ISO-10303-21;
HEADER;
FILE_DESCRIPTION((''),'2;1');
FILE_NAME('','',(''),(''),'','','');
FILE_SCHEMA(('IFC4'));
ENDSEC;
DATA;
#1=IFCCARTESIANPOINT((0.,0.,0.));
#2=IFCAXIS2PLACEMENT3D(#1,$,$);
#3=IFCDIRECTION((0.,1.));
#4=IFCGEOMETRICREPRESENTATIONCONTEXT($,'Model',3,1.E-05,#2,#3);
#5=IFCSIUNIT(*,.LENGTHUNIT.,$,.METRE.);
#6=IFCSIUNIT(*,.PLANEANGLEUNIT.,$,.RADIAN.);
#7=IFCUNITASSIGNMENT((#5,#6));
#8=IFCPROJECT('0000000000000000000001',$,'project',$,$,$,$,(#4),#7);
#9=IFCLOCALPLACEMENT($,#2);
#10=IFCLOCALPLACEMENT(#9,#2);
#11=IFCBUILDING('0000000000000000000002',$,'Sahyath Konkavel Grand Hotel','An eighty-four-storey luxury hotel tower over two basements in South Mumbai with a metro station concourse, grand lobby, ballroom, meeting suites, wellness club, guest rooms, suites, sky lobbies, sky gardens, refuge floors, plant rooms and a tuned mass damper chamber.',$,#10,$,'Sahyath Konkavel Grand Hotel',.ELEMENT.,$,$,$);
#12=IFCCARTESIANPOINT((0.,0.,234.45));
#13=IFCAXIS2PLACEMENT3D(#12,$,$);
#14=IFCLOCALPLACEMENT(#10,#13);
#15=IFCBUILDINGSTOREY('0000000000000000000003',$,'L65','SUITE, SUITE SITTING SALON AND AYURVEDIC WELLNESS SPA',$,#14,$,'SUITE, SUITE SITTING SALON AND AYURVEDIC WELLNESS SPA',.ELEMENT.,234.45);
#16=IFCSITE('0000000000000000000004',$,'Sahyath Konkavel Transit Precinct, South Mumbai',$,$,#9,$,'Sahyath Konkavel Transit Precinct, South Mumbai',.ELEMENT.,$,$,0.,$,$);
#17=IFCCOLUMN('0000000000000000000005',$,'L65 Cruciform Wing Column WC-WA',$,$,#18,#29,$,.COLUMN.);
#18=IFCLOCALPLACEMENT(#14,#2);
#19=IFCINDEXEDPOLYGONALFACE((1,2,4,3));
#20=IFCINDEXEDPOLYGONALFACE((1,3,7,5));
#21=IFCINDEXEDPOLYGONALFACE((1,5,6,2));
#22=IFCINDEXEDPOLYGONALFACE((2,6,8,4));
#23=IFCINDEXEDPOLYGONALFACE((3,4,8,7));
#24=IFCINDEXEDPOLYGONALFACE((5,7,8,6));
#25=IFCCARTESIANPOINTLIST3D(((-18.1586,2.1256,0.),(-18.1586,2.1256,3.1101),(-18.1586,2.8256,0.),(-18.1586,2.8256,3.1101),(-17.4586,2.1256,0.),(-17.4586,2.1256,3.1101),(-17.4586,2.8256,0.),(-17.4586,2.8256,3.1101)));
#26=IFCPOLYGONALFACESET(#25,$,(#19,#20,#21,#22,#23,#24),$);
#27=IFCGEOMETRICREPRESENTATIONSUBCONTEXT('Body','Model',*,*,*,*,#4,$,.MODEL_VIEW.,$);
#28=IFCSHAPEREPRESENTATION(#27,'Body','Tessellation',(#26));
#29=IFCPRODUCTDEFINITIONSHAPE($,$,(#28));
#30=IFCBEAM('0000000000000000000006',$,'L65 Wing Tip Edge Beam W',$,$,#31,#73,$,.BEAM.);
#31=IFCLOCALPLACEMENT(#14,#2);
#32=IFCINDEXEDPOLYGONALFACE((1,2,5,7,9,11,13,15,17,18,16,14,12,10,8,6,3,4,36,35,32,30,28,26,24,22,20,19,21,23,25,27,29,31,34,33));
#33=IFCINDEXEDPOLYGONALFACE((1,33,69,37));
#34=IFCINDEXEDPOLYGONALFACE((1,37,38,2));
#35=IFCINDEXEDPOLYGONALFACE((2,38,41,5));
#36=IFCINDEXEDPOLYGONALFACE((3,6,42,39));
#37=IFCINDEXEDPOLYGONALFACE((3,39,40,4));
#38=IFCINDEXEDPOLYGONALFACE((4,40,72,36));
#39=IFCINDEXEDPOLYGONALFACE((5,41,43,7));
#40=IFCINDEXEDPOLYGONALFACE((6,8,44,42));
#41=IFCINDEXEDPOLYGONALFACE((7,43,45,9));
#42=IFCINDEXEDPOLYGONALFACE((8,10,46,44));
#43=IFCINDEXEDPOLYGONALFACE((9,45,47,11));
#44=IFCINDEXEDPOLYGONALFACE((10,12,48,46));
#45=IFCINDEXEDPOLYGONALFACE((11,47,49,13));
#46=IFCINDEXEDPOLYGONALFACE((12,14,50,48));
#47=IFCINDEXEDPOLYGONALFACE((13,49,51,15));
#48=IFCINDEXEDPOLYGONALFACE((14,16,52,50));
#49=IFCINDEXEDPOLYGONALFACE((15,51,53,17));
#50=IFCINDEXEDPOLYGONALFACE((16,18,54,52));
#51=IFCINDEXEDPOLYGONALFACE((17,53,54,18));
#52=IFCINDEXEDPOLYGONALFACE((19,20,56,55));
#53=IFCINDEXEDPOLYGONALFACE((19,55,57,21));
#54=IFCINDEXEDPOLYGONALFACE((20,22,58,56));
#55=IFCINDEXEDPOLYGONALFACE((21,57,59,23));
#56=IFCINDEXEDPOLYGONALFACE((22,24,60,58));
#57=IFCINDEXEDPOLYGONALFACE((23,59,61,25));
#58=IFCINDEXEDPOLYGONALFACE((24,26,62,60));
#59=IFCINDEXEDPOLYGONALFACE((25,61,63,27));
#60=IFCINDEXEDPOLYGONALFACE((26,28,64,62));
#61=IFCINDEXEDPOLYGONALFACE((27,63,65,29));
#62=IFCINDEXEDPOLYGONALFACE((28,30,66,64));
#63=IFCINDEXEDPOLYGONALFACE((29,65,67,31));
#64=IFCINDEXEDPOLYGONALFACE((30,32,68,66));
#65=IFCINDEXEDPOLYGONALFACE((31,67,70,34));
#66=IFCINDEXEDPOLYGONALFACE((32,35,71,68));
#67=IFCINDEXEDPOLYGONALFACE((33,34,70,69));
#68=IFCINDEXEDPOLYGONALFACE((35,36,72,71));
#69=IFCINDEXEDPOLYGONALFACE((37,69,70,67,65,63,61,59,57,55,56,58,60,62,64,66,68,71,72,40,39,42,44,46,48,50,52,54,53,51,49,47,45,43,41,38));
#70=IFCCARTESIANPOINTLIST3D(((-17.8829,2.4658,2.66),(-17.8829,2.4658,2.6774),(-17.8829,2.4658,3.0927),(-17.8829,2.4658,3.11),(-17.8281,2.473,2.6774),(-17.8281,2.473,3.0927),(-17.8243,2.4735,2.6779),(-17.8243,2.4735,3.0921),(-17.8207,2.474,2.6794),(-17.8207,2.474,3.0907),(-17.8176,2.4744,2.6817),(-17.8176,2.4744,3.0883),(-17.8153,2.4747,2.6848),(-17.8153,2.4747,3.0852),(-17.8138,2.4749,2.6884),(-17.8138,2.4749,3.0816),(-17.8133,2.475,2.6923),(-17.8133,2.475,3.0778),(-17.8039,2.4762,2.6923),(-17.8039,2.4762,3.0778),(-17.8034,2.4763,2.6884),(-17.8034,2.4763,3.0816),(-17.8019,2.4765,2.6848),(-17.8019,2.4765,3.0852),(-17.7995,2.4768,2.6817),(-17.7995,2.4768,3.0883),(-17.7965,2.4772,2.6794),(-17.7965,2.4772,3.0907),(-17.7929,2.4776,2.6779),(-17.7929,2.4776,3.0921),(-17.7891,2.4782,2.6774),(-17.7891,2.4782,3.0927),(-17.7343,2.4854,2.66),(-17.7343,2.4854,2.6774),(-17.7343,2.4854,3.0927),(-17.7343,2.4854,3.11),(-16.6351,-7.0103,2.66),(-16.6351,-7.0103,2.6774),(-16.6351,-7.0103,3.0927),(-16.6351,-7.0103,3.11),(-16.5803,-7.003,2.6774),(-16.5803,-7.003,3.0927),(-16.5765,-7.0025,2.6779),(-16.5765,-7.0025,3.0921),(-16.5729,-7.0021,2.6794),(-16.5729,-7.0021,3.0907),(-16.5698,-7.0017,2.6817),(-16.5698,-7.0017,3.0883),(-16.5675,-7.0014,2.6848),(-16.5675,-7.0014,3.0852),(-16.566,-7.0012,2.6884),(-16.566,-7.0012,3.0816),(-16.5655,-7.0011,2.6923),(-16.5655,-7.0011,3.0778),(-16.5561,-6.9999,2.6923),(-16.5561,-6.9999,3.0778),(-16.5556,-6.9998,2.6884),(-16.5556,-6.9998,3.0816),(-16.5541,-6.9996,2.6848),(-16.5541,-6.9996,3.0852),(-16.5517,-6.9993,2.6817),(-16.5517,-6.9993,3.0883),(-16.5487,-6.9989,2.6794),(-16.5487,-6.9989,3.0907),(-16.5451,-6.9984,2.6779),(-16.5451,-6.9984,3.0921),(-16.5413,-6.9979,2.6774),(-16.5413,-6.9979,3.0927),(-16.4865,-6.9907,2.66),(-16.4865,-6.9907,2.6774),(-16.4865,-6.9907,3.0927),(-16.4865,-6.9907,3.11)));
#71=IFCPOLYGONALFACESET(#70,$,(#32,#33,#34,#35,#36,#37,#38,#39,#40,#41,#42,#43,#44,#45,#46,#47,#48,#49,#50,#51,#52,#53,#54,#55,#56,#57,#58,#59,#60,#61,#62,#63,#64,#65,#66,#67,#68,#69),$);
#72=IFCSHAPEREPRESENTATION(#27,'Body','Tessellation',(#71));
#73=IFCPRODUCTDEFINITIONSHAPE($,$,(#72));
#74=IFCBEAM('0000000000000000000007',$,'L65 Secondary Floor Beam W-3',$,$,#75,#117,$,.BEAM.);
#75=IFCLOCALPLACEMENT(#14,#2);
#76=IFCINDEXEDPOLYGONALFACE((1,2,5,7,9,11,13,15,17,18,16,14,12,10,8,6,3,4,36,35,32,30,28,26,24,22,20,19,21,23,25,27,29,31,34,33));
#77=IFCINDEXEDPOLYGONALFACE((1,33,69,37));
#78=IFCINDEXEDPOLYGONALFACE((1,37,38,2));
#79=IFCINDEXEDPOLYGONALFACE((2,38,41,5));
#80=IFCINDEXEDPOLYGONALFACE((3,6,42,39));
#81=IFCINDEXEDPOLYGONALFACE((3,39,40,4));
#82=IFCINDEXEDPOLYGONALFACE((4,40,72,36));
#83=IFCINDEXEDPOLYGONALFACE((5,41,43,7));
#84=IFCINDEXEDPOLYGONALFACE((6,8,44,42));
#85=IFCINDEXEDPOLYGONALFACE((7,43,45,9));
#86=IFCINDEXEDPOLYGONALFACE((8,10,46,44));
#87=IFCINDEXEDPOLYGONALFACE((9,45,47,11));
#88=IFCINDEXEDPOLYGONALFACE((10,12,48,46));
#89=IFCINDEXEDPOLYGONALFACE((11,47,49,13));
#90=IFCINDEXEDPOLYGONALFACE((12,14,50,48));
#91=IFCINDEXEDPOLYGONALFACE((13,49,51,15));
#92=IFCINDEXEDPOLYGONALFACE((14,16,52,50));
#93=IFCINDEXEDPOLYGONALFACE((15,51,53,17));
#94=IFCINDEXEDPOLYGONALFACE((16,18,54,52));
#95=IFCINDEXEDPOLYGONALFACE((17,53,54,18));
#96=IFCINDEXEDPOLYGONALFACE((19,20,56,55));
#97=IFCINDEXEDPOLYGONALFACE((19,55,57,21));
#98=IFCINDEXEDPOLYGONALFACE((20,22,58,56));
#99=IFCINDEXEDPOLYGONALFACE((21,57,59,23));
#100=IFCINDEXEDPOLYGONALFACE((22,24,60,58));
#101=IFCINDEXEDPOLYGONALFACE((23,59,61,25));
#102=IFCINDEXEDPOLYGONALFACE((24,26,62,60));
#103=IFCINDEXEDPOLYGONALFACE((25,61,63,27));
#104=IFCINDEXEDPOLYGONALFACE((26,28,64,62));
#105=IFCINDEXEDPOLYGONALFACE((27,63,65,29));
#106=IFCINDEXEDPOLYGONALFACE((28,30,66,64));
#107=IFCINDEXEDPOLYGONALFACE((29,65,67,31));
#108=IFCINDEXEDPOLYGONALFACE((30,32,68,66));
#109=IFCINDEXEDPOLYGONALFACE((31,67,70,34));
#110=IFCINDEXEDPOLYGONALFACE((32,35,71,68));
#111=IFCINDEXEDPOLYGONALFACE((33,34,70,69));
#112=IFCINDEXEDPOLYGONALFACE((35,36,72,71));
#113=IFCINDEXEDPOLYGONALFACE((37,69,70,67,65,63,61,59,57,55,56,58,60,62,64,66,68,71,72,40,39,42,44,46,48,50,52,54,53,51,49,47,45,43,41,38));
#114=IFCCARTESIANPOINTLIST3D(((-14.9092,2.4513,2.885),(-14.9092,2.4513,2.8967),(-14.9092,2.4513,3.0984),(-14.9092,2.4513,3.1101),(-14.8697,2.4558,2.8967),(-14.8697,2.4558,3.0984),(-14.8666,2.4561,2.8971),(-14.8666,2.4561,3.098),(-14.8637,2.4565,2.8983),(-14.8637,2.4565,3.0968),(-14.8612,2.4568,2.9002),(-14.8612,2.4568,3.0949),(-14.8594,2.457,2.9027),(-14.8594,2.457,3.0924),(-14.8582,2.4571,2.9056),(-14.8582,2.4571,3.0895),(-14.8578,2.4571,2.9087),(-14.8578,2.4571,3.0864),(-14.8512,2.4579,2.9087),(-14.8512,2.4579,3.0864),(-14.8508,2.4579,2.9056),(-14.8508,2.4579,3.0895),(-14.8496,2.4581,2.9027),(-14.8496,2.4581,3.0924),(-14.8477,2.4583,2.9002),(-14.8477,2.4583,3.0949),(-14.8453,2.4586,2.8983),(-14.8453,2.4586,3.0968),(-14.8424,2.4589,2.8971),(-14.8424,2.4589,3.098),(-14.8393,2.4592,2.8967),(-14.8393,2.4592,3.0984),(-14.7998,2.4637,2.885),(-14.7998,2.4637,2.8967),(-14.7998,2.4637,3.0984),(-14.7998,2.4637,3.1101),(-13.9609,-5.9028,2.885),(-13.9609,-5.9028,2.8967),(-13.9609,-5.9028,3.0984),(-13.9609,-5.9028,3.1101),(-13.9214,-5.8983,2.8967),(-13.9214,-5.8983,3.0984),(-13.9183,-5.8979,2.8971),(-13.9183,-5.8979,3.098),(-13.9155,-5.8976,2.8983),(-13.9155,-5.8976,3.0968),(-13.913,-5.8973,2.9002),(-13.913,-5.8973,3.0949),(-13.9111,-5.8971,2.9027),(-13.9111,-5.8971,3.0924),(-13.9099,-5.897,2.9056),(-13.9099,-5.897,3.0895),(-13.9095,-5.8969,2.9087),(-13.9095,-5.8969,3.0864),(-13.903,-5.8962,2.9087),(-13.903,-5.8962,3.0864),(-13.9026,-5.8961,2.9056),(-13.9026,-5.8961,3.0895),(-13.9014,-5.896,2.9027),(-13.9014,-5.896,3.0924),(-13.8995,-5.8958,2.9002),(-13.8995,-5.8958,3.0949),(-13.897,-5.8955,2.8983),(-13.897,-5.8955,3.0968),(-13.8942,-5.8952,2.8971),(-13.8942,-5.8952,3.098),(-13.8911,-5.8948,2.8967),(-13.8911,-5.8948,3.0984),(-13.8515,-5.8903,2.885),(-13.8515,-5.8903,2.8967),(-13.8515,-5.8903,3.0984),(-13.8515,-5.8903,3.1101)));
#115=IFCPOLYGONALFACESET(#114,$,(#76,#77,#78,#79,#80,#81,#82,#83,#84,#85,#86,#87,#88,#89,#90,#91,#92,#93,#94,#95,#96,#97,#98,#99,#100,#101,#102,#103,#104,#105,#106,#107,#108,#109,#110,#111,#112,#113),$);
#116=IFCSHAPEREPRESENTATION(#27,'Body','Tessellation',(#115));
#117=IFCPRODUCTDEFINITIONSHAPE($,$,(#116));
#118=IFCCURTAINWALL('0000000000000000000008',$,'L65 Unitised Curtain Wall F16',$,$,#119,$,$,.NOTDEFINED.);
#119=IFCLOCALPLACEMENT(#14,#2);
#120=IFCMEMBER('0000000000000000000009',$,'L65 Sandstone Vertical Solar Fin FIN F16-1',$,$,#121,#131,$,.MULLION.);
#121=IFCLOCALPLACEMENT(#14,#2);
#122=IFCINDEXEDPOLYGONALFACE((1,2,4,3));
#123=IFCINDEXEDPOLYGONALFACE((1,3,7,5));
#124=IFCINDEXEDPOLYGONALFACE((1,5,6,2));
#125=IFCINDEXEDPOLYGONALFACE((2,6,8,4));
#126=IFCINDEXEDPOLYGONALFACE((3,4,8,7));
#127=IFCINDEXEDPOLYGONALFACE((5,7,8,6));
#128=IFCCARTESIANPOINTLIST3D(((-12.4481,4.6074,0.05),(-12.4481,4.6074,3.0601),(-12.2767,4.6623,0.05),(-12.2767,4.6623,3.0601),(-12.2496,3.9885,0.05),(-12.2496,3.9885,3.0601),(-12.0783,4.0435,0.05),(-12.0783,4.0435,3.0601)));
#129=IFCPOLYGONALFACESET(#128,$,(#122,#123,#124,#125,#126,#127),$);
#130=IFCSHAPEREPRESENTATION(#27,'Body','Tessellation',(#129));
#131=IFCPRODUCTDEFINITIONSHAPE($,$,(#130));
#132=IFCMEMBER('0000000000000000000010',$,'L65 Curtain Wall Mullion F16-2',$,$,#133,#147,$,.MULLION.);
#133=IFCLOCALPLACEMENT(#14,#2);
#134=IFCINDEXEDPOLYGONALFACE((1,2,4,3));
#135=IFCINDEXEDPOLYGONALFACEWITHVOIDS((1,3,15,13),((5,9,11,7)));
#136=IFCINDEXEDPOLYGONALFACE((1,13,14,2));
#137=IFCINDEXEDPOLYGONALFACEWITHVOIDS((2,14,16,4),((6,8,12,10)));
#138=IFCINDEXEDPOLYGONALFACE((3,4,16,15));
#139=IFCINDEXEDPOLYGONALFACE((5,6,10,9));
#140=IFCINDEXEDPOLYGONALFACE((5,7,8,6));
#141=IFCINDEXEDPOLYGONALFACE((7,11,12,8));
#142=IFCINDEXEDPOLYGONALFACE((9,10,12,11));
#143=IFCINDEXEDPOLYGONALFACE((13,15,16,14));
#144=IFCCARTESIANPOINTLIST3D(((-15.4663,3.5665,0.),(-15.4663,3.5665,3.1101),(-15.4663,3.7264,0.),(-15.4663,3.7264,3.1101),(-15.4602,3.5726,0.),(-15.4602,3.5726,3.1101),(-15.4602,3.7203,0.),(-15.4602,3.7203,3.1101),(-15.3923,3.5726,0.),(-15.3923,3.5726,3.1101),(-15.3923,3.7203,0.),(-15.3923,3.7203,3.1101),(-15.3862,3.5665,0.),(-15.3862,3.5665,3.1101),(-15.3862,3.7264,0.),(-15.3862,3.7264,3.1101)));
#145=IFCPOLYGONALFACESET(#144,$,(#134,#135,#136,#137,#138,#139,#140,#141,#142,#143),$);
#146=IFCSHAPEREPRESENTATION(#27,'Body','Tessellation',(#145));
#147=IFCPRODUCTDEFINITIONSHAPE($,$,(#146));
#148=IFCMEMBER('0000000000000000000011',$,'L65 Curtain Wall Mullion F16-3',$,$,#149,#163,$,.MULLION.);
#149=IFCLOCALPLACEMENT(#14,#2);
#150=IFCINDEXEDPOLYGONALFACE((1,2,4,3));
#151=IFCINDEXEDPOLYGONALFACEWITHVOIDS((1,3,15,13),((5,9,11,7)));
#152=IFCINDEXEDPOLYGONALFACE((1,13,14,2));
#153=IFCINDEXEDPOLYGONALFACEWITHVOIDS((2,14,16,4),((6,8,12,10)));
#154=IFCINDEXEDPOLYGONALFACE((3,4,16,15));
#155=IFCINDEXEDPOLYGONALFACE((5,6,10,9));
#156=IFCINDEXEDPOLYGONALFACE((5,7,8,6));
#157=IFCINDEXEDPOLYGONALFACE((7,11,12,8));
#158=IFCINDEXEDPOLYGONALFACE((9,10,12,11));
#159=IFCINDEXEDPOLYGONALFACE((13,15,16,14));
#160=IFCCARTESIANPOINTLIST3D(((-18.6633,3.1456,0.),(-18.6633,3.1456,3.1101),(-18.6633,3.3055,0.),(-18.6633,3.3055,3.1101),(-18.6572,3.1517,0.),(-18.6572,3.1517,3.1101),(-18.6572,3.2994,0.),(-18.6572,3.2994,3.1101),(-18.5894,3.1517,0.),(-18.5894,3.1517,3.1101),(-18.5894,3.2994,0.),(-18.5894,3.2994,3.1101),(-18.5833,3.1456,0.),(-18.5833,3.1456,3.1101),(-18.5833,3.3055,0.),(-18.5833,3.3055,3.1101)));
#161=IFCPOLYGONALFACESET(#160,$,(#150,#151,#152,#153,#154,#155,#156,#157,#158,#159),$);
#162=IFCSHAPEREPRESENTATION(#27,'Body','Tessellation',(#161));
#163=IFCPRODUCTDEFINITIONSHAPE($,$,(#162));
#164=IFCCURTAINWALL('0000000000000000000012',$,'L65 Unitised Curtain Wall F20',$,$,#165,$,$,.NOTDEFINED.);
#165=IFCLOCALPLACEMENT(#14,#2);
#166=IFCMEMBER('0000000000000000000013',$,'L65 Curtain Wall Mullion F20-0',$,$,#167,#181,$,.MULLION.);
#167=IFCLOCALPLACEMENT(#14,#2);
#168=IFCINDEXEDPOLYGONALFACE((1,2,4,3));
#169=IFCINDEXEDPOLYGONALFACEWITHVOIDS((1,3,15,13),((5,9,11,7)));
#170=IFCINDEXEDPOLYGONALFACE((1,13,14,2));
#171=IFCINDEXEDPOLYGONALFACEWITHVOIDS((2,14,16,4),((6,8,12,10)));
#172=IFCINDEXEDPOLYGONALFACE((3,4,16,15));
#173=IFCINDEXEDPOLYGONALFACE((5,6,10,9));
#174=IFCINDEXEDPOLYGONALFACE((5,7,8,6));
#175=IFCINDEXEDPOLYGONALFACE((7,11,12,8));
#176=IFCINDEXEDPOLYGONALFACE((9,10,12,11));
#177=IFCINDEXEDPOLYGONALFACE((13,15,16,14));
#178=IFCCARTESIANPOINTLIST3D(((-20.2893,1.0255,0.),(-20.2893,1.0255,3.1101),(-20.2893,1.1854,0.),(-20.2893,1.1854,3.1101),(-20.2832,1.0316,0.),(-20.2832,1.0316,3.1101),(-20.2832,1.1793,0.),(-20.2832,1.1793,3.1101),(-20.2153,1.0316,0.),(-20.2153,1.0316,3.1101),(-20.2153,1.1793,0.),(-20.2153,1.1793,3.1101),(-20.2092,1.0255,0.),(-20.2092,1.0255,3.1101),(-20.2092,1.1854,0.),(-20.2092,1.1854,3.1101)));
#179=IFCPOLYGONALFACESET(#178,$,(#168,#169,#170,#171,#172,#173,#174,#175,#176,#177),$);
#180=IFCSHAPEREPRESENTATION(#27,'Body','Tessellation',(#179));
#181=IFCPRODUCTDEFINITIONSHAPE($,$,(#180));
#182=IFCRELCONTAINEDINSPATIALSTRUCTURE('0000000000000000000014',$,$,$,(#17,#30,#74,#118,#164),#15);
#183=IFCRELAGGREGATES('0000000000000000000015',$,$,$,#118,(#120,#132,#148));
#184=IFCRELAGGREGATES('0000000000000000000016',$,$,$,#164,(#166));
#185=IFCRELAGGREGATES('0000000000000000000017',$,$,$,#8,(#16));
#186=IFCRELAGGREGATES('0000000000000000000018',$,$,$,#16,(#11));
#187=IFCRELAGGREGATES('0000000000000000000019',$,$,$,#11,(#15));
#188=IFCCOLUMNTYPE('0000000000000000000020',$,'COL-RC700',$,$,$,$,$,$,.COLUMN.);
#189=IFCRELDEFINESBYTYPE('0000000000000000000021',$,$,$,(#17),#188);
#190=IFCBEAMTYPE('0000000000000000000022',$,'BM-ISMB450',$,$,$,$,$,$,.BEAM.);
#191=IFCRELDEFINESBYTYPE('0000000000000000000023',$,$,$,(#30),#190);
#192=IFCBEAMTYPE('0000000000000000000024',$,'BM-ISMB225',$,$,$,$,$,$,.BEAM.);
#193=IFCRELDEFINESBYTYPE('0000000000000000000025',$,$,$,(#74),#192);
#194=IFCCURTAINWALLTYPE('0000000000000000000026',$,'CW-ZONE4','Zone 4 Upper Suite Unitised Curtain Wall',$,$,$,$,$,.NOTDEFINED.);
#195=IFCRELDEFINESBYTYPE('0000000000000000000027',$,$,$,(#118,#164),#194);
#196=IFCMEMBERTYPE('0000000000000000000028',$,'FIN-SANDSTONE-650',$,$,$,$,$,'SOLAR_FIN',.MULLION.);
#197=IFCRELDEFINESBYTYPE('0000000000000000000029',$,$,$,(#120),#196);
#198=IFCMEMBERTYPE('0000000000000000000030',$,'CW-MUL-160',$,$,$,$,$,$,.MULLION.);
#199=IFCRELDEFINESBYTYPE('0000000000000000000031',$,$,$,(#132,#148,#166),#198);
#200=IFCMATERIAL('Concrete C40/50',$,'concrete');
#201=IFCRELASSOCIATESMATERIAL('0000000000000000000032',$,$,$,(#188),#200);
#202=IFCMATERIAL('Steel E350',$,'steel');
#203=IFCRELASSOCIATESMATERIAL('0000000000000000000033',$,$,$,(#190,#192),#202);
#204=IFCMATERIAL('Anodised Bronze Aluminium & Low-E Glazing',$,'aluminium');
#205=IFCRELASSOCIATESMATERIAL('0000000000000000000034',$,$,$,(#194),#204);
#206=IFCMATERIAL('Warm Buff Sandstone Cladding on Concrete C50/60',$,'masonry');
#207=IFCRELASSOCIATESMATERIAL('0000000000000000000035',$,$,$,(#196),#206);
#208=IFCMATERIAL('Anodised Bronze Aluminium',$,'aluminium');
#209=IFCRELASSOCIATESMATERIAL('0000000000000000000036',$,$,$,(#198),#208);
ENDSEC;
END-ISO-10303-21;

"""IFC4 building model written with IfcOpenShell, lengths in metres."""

from ifc_helpers import new_model, si_unit, direction, frame, origin, origin_2d, place, context, subcontext, project, spatial, rectangle, hollow_rectangle, i_section, extrude, source, transform, mapped, material, material_profile, profile_set, type_object, element, aggregate, save


model = new_model("IFC4")

# Units and contexts
model_context = context("Model", 3, precision=1e-05, world=origin(), true_north=direction((0.0, 1.0)))
body_context = subcontext(model_context, "Body", "Model", "MODEL_VIEW")
ifc_project = project(units=[si_unit("LENGTHUNIT", "METRE"), si_unit("PLANEANGLEUNIT", "RADIAN")], contexts=[model_context])

# Site, building, storey
site_placement = place(None, origin())
site = spatial("IfcSite", under=ifc_project, at=site_placement, Name="Sahyath Konkavel Transit Precinct, South Mumbai", LongName="Sahyath Konkavel Transit Precinct, South Mumbai", CompositionType="ELEMENT", RefElevation=0.0)
building_placement = place(site_placement, origin())
building = spatial("IfcBuilding", under=site, at=building_placement, Name="Sahyath Konkavel Grand Hotel", Description="An eighty-four-storey luxury hotel tower over two basements in South Mumbai with a metro station concourse, grand lobby, ballroom, meeting suites, wellness club, guest rooms, suites, sky lobbies, sky gardens, refuge floors, plant rooms and a tuned mass damper chamber.", LongName="Sahyath Konkavel Grand Hotel", CompositionType="ELEMENT")
storey_placement = place(building_placement, frame((0.0, 0.0, 234.45)))
storey = spatial("IfcBuildingStorey", under=building, at=storey_placement, Name="L65", Description="SUITE, SUITE SITTING SALON AND AYURVEDIC WELLNESS SPA", LongName="SUITE, SUITE SITTING SALON AND AYURVEDIC WELLNESS SPA", CompositionType="ELEMENT", Elevation=234.45)

# Column
ifc_material_1 = material(Name="Concrete C40/50", Category="concrete")
ifc_material_profile_1 = material_profile(ifc_material_1, rectangle(XDim=0.7, YDim=0.7, at=origin_2d()), Name="RC 700x700")
ifc_profile_set_1 = profile_set([ifc_material_profile_1], Name="Concrete C40/50")
column_type = type_object("IfcColumnType", Name="COL-RC700", PredefinedType="COLUMN", material=ifc_profile_set_1)
shared_shape_1 = source(origin(), body_context, "Body", "SweptSolid", [
    extrude(rectangle(XDim=0.7, YDim=0.7, at=origin_2d()), origin(), (0.0, 0.0, 1.0), 3.1101),
])
column_placement = place(storey_placement, frame((-17.8086, 2.4756, 0.0), z_axis=(0.0, 0.0, 1.0), x_axis=(1.0, 0.0, 0.0)))
element("IfcColumn", 1, at=column_placement, inside=storey, type_object=column_type, Name="L65 Cruciform Wing Column WC-WA", PredefinedType="COLUMN", context=body_context, shape_type="MappedRepresentation", body=[
    mapped(shared_shape_1, transform((0.0, 0.0, 0.0), scale=1.0)),
])

# Beams
ifc_material_2 = material(Name="Steel E350", Category="steel")
ifc_material_profile_2 = material_profile(ifc_material_2, i_section(OverallWidth=0.1499, OverallDepth=0.45, WebThickness=0.0095, FlangeThickness=0.0173, FilletRadius=0.0149, at=origin_2d()), Name="ISMB 450")
ifc_profile_set_2 = profile_set([ifc_material_profile_2], Name="Steel E350")
beam_type_1 = type_object("IfcBeamType", Name="BM-ISMB450", PredefinedType="BEAM", material=ifc_profile_set_2)
shared_shape_2 = source(origin(), body_context, "Body", "SweptSolid", [
    extrude(i_section(OverallWidth=0.1499, OverallDepth=0.45, WebThickness=0.0095, FlangeThickness=0.0173, FilletRadius=0.0149, at=origin_2d()), origin(), (0.0, 0.0, 1.0), 9.5579),
])
beam_1_placement = place(storey_placement, frame((-17.8086, 2.4756, 2.885), z_axis=(0.130552, -0.991441, 0.0), x_axis=(0.991441, 0.130552, 0.0)))
element("IfcBeam", 2, at=beam_1_placement, inside=storey, type_object=beam_type_1, Name="L65 Wing Tip Edge Beam W", PredefinedType="BEAM", context=body_context, shape_type="MappedRepresentation", body=[
    mapped(shared_shape_2, transform((0.0, 0.0, 0.0), scale=1.0)),
])
ifc_material_profile_3 = material_profile(ifc_material_2, i_section(OverallWidth=0.1101, OverallDepth=0.2251, WebThickness=0.0066, FlangeThickness=0.0117, FilletRadius=0.012, at=origin_2d()), Name="ISMB 225")
ifc_profile_set_3 = profile_set([ifc_material_profile_3], Name="Steel E350")
beam_type_2 = type_object("IfcBeamType", Name="BM-ISMB225", PredefinedType="BEAM", material=ifc_profile_set_3)
shared_shape_3 = source(origin(), body_context, "Body", "SweptSolid", [
    extrude(i_section(OverallWidth=0.1101, OverallDepth=0.2251, WebThickness=0.0066, FlangeThickness=0.0117, FilletRadius=0.012, at=origin_2d()), origin(), (0.0, 0.0, 1.0), 8.4077),
])
beam_2_placement = place(storey_placement, frame((-14.8545, 2.4575, 2.9976), z_axis=(0.112783, -0.99362, 0.0), x_axis=(0.99362, 0.112783, 0.0)))
element("IfcBeam", 3, at=beam_2_placement, inside=storey, type_object=beam_type_2, Name="L65 Secondary Floor Beam W-3", PredefinedType="BEAM", context=body_context, shape_type="MappedRepresentation", body=[
    mapped(shared_shape_3, transform((0.0, 0.0, 0.0), scale=1.0)),
])

# Curtain wall, members
ifc_material_3 = material(Name="Anodised Bronze Aluminium & Low-E Glazing", Category="aluminium")
curtain_wall_type = type_object("IfcCurtainWallType", Name="CW-ZONE4", Description="Zone 4 Upper Suite Unitised Curtain Wall", PredefinedType="NOTDEFINED", material=ifc_material_3)
curtain_wall_1_placement = place(storey_placement, origin())
curtain_wall_1 = element("IfcCurtainWall", 4, at=curtain_wall_1_placement, inside=storey, type_object=curtain_wall_type, Name="L65 Unitised Curtain Wall F16", PredefinedType="NOTDEFINED")
ifc_material_4 = material(Name="Warm Buff Sandstone Cladding on Concrete C50/60", Category="masonry")
ifc_material_profile_4 = material_profile(ifc_material_4, rectangle(XDim=0.1799, YDim=0.6499, at=origin_2d()), Name="FIN 180x650")
ifc_profile_set_4 = profile_set([ifc_material_profile_4], Name="Warm Buff Sandstone Cladding on Concrete C50/60")
member_type_1 = type_object("IfcMemberType", Name="FIN-SANDSTONE-650", ElementType="SOLAR_FIN", PredefinedType="MULLION", material=ifc_profile_set_4)
shared_shape_4 = source(origin(), body_context, "Body", "SweptSolid", [
    extrude(rectangle(XDim=0.1799, YDim=0.6499, at=origin_2d()), origin(), (0.0, 0.0, 1.0), 3.01),
])
member_1_placement = place(storey_placement, frame((-12.2632, 4.3254, 0.05), z_axis=(0.0, 0.0, 1.0), x_axis=(0.952236, 0.305363, 0.0)))
member_1 = element("IfcMember", 5, at=member_1_placement, type_object=member_type_1, Name="L65 Sandstone Vertical Solar Fin FIN F16-1", PredefinedType="MULLION", context=body_context, shape_type="MappedRepresentation", body=[
    mapped(shared_shape_4, transform((0.0, 0.0, 0.0), scale=1.0)),
])
ifc_material_5 = material(Name="Anodised Bronze Aluminium", Category="aluminium")
ifc_material_profile_5 = material_profile(ifc_material_5, hollow_rectangle(XDim=0.0801, YDim=0.1599, WallThickness=0.0061, at=origin_2d()), Name="RHS 160x80x6")
ifc_profile_set_5 = profile_set([ifc_material_profile_5], Name="Anodised Bronze Aluminium")
member_type_2 = type_object("IfcMemberType", Name="CW-MUL-160", PredefinedType="MULLION", material=ifc_profile_set_5)
shared_shape_5 = source(origin(), body_context, "Body", "SweptSolid", [
    extrude(hollow_rectangle(XDim=0.0801, YDim=0.1599, WallThickness=0.0061, at=origin_2d()), origin(), (0.0, 0.0, 1.0), 3.1101),
])
member_2_placement = place(storey_placement, frame((-15.4263, 3.6465, 0.0), z_axis=(0.0, 0.0, 1.0), x_axis=(1.0, 0.0, 0.0)))
member_2 = element("IfcMember", 6, at=member_2_placement, type_object=member_type_2, Name="L65 Curtain Wall Mullion F16-2", PredefinedType="MULLION", context=body_context, shape_type="MappedRepresentation", body=[
    mapped(shared_shape_5, transform((0.0, 0.0, 0.0), scale=1.0)),
])
member_3_placement = place(storey_placement, frame((-18.6233, 3.2256, 0.0), z_axis=(0.0, 0.0, 1.0), x_axis=(1.0, 0.0, 0.0)))
member_3 = element("IfcMember", 7, at=member_3_placement, type_object=member_type_2, Name="L65 Curtain Wall Mullion F16-3", PredefinedType="MULLION", context=body_context, shape_type="MappedRepresentation", body=[
    mapped(shared_shape_5, transform((0.0, 0.0, 0.0), scale=1.0)),
])

# Curtain wall, member
curtain_wall_2_placement = place(storey_placement, origin())
curtain_wall_2 = element("IfcCurtainWall", 8, at=curtain_wall_2_placement, inside=storey, type_object=curtain_wall_type, Name="L65 Unitised Curtain Wall F20", PredefinedType="NOTDEFINED")
member_4_placement = place(storey_placement, frame((-20.2493, 1.1055, 0.0), z_axis=(0.0, 0.0, 1.0), x_axis=(1.0, 0.0, 0.0)))
member_4 = element("IfcMember", 9, at=member_4_placement, type_object=member_type_2, Name="L65 Curtain Wall Mullion F20-0", PredefinedType="MULLION", context=body_context, shape_type="MappedRepresentation", body=[
    mapped(shared_shape_5, transform((0.0, 0.0, 0.0), scale=1.0)),
])

aggregate(curtain_wall_1, [member_1, member_2, member_3])
aggregate(curtain_wall_2, [member_4])

save(model, "model.ifc")
